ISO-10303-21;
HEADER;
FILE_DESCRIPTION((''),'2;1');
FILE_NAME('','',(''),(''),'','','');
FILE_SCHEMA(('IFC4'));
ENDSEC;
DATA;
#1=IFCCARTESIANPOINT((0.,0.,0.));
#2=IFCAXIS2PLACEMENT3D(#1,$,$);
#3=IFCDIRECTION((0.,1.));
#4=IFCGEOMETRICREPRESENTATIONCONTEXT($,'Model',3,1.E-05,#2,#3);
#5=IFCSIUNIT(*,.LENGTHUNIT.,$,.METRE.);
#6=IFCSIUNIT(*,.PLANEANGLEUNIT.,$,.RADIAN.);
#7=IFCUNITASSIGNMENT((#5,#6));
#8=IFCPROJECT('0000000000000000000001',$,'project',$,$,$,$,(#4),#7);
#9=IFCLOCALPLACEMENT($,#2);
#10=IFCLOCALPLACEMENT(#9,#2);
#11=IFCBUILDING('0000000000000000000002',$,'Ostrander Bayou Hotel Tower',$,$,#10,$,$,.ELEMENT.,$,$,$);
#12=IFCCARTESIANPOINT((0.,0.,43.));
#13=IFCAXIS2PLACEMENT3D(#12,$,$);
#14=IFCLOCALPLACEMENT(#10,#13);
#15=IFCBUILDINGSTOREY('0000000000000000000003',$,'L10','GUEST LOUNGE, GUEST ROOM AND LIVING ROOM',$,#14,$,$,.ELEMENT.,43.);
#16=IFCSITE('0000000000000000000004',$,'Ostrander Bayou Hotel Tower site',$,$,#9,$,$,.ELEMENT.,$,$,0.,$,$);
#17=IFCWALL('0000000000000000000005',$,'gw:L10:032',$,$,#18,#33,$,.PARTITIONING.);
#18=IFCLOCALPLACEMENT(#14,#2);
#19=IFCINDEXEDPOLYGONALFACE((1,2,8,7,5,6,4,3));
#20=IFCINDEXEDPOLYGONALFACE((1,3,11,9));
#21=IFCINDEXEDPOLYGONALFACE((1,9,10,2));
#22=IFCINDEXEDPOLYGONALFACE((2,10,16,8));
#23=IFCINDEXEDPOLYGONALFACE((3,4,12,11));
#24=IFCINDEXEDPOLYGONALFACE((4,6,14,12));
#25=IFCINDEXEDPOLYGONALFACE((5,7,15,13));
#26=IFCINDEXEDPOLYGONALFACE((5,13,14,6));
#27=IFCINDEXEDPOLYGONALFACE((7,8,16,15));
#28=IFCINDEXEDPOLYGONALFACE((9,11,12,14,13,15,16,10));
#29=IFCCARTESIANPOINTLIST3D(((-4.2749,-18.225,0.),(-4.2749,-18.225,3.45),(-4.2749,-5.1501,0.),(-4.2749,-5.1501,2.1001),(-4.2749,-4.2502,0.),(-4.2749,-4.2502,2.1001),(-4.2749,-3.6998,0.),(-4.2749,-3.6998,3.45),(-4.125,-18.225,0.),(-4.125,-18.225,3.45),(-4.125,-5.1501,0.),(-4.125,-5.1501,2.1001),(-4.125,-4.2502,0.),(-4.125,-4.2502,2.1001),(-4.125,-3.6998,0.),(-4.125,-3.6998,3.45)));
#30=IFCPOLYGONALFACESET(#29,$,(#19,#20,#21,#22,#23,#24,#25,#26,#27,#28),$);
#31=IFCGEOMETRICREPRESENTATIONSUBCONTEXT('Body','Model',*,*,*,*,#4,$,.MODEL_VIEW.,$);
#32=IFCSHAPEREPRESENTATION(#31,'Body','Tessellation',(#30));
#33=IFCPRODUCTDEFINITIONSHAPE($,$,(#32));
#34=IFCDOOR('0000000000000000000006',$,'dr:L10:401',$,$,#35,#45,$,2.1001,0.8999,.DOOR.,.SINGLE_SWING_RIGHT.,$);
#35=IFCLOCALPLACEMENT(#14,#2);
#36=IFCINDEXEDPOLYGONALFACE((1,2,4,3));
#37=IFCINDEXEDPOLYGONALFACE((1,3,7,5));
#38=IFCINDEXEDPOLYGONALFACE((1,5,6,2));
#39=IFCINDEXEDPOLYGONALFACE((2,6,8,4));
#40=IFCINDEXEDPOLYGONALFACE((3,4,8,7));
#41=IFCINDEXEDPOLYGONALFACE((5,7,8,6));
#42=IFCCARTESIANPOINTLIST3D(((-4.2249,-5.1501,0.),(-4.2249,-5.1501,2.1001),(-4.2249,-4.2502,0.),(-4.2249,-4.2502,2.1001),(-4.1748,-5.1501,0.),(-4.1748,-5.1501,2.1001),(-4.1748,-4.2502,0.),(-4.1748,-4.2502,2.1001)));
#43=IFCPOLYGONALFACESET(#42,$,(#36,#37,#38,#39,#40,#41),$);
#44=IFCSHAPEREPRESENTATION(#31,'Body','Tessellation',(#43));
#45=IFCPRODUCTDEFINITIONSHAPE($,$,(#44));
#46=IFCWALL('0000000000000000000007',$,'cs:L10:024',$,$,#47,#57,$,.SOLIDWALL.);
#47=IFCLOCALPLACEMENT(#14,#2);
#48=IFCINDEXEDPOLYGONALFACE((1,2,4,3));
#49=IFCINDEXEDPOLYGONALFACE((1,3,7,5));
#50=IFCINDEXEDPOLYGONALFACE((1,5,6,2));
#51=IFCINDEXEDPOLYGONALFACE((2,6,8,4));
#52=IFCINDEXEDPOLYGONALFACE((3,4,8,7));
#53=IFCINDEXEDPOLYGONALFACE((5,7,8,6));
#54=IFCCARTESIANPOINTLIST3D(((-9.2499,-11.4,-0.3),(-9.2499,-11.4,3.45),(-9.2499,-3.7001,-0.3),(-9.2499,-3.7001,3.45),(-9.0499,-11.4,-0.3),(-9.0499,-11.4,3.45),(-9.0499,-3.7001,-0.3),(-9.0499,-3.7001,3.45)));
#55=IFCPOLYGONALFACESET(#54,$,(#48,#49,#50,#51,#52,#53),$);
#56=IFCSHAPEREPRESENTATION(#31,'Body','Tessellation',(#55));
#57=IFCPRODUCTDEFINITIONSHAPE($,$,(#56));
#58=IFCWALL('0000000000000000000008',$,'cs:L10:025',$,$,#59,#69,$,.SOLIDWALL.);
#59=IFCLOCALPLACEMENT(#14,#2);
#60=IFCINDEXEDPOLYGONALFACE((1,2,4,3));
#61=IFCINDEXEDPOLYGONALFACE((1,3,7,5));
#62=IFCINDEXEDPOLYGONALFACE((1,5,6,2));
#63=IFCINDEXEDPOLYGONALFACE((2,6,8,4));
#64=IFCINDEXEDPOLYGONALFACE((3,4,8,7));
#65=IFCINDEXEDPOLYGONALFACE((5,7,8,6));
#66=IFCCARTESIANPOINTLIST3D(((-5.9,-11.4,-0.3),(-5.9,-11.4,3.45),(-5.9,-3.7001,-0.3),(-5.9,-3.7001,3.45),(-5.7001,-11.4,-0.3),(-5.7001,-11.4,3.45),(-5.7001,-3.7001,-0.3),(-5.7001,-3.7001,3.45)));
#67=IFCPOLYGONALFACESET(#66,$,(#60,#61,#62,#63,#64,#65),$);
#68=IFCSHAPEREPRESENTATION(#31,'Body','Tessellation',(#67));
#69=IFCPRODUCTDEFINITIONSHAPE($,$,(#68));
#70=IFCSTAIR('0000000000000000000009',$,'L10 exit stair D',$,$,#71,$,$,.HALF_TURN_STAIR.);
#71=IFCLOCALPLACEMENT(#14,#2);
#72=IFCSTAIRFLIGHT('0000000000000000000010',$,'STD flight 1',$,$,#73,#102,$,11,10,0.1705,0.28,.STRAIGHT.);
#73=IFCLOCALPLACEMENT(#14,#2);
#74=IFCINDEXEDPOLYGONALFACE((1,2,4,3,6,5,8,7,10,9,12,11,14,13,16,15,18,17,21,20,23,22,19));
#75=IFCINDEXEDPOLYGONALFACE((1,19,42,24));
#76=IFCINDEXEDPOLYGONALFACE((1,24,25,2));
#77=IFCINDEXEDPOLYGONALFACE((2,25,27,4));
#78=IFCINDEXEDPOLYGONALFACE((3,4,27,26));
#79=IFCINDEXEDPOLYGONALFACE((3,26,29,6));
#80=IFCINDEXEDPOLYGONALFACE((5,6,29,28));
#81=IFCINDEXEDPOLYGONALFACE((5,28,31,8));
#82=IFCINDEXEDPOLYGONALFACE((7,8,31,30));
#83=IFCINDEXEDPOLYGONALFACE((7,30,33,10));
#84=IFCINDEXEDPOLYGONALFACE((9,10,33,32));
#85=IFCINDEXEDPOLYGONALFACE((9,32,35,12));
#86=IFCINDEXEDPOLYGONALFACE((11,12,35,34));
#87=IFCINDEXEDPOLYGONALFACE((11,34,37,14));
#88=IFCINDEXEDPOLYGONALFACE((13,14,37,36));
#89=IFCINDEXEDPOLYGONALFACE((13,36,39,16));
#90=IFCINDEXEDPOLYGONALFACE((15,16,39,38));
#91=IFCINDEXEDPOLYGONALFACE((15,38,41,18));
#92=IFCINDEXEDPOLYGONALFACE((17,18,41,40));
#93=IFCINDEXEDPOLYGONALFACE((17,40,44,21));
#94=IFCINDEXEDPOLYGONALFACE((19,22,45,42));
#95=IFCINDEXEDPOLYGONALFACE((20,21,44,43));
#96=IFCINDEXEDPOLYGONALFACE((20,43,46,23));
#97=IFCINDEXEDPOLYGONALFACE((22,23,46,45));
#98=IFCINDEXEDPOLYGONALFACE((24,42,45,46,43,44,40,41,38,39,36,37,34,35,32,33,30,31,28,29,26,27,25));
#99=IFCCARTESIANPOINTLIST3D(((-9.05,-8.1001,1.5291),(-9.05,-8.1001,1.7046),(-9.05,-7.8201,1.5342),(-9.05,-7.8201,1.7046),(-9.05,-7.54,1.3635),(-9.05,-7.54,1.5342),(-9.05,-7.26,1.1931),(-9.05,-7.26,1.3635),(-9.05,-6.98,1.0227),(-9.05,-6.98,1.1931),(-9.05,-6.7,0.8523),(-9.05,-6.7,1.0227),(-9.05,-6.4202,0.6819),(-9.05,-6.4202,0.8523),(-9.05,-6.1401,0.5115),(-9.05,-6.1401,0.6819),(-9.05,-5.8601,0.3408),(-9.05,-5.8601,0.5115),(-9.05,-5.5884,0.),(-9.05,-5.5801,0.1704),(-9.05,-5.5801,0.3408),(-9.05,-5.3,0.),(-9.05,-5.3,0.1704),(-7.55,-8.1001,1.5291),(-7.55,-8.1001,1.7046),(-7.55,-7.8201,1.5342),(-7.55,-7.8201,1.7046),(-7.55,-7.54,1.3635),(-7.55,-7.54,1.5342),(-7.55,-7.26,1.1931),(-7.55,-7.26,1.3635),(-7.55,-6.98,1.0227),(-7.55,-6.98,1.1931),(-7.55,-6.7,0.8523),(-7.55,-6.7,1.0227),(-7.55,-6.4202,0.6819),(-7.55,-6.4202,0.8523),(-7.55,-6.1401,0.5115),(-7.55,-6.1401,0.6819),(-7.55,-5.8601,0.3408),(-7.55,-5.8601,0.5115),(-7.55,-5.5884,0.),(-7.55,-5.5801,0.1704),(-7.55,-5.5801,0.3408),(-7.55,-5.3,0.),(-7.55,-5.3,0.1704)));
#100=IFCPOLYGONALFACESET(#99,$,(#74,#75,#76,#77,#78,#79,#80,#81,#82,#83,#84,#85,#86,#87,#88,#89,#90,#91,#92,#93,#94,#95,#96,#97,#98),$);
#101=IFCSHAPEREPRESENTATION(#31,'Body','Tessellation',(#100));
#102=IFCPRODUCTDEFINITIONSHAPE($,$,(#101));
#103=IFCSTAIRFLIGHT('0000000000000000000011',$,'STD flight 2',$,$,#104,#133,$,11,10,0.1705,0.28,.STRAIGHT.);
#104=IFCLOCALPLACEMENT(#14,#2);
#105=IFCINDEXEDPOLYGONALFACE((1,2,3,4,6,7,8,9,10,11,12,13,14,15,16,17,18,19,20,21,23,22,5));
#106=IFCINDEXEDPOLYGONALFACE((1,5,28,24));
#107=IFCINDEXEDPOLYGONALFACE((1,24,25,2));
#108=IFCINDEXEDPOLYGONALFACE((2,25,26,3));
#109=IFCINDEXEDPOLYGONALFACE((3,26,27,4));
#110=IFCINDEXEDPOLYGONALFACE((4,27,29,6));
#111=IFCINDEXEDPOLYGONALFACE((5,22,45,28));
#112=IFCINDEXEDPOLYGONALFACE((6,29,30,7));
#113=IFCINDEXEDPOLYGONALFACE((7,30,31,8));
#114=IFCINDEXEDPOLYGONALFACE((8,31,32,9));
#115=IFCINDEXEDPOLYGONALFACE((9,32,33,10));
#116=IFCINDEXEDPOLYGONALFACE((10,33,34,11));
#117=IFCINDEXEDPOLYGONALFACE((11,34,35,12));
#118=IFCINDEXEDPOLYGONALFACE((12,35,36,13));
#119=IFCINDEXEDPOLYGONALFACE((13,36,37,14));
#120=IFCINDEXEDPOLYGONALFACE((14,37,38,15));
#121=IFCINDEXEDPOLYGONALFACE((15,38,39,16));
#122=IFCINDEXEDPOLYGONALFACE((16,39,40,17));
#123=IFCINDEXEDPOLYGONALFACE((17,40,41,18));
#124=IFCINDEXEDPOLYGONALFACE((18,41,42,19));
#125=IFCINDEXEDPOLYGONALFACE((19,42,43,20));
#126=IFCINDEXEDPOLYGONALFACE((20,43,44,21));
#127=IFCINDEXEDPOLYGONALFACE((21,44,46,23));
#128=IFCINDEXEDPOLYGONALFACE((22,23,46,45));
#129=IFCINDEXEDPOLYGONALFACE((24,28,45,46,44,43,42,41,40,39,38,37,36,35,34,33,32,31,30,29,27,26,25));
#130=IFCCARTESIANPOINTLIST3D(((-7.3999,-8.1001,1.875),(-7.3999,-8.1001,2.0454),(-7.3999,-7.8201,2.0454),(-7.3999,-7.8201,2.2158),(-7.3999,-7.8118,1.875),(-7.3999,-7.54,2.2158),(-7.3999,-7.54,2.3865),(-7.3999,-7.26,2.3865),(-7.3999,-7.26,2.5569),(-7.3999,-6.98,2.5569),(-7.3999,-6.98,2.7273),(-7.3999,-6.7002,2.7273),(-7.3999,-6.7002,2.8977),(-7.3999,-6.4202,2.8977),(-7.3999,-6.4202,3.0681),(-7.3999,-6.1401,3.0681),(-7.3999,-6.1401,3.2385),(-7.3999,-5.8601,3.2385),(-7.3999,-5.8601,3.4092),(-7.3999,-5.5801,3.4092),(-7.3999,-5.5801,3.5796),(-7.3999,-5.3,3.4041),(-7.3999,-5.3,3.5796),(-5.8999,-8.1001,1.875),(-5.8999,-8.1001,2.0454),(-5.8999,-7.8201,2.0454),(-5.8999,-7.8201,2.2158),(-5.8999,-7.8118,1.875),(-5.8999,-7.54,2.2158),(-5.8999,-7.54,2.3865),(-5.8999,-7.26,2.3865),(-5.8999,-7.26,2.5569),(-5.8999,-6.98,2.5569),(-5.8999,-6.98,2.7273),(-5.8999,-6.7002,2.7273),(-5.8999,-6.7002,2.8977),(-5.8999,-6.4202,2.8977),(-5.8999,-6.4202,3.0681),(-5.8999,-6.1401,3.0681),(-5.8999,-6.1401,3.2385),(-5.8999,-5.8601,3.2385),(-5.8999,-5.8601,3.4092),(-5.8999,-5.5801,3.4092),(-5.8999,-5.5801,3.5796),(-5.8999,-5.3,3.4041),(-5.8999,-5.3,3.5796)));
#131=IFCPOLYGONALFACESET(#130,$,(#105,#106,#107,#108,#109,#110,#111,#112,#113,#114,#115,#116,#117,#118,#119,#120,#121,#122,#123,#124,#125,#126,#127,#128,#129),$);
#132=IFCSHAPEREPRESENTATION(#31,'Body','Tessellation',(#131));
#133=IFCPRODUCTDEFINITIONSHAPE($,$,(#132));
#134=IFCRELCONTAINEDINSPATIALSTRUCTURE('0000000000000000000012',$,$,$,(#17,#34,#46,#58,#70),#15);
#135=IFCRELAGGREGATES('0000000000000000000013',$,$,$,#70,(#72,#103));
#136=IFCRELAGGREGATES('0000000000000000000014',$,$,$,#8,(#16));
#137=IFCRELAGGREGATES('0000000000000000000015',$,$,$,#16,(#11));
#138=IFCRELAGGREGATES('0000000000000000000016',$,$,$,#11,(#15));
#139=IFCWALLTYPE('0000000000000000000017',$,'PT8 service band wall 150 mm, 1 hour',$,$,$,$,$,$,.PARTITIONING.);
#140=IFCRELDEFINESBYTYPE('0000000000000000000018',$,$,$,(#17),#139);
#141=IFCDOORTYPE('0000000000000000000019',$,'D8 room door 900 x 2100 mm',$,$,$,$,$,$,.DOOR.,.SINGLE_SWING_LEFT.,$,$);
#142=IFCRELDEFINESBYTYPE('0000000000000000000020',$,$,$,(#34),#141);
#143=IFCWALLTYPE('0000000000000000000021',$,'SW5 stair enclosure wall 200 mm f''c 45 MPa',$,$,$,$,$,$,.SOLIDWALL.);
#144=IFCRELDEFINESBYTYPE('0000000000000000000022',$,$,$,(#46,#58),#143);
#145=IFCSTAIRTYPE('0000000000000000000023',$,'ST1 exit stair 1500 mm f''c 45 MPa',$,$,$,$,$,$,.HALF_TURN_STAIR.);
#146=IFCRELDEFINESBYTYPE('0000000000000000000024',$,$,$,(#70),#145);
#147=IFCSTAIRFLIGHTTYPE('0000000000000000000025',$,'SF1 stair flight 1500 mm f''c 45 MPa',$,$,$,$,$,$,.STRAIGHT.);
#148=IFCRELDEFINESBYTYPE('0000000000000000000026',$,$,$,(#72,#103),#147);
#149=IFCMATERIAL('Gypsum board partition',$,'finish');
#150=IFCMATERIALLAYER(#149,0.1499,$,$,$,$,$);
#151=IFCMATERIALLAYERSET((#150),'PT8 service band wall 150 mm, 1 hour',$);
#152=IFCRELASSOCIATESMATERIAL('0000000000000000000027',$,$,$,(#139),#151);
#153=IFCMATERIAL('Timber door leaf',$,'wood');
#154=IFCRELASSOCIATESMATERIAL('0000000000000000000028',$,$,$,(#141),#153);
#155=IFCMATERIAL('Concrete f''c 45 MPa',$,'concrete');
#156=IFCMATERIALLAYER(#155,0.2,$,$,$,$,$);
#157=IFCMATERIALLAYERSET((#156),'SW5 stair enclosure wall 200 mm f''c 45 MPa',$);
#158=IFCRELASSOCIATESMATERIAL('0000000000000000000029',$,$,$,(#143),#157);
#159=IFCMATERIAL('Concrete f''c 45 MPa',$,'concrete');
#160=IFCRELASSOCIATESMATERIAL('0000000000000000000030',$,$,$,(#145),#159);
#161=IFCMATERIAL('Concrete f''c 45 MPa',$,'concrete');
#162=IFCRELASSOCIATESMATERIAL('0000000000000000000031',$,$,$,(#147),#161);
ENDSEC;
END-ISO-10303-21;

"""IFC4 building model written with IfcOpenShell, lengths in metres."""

from ifc_helpers import new_model, si_unit, direction, frame, frame_2d, origin, place, context, subcontext, project, spatial, polyline, rectangle, outline, extrude, material, layer, layer_set, type_object, element, fill, aggregate, save


model = new_model("IFC4")

# Units and contexts
model_context = context("Model", 3, precision=1e-05, world=origin(), true_north=direction((0.0, 1.0)))
body_context = subcontext(model_context, "Body", "Model", "MODEL_VIEW")
ifc_project = project(units=[si_unit("LENGTHUNIT", "METRE"), si_unit("PLANEANGLEUNIT", "RADIAN")], contexts=[model_context])

# Site, building, storey
site_placement = place(None, origin())
site = spatial("IfcSite", under=ifc_project, at=site_placement, Name="Ostrander Bayou Hotel Tower site", CompositionType="ELEMENT", RefElevation=0.0)
building_placement = place(site_placement, origin())
building = spatial("IfcBuilding", under=site, at=building_placement, Name="Ostrander Bayou Hotel Tower", CompositionType="ELEMENT")
storey_placement = place(building_placement, frame((0.0, 0.0, 43.0)))
storey = spatial("IfcBuildingStorey", under=building, at=storey_placement, Name="L10", Description="GUEST LOUNGE, GUEST ROOM AND LIVING ROOM", CompositionType="ELEMENT", Elevation=43.0)

# Shared definitions
ifc_material_1 = material(Name="Gypsum board partition", Category="finish")
ifc_layer_1 = layer(ifc_material_1, 0.1499)
ifc_layer_set_1 = layer_set([ifc_layer_1], Name="PT8 service band wall 150 mm, 1 hour")
wall_type_1 = type_object("IfcWallType", Name="PT8 service band wall 150 mm, 1 hour", PredefinedType="PARTITIONING", material=ifc_layer_set_1)

# Wall, opening, door
wall_1_placement = place(storey_placement, frame((-4.2, -18.2251, 0.0), z_axis=(0.0, 0.0, 1.0), x_axis=(0.0, 1.0, 0.0)))
wall_1 = element("IfcWall", 1, at=wall_1_placement, inside=storey, type_object=wall_type_1, Name="gw:L10:032", PredefinedType="PARTITIONING", context=body_context, shape_type="SweptSolid", body=[
    extrude(rectangle(XDim=14.5251, YDim=0.1499, at=frame_2d((7.2627, 0.0))), origin(), (0.0, 0.0, 1.0), 3.45),
])
opening_1_placement = place(wall_1_placement, frame((13.075, 0.0, 0.0)))
opening_1 = element("IfcOpeningElement", 2, at=opening_1_placement, cuts=wall_1, PredefinedType="OPENING", context=body_context, shape_type="SweptSolid", body=[
    extrude(rectangle(XDim=0.8999, YDim=2.1001, at=frame_2d((0.45, 1.05))), frame((0.0, 0.075, 0.0), z_axis=(0.0, -1.0, 0.0), x_axis=(1.0, 0.0, 0.0)), (0.0, 0.0, 1.0), 0.1499),
])
ifc_material_2 = material(Name="Timber door leaf", Category="wood")
door_type_1 = type_object("IfcDoorType", Name="D8 room door 900 x 2100 mm", OperationType="SINGLE_SWING_LEFT", PredefinedType="DOOR", material=ifc_material_2)
door_1_placement = place(opening_1_placement, origin())
door_1 = element("IfcDoor", 3, at=door_1_placement, inside=storey, type_object=door_type_1, Name="dr:L10:401", OperationType="SINGLE_SWING_RIGHT", OverallHeight=2.1001, OverallWidth=0.8999, PredefinedType="DOOR", context=body_context, shape_type="SweptSolid", body=[
    extrude(rectangle(XDim=0.8999, YDim=2.1001, at=frame_2d((0.45, 1.05))), frame((0.0, 0.0249, 0.0), z_axis=(0.0, -1.0, 0.0), x_axis=(1.0, 0.0, 0.0)), (0.0, 0.0, 1.0), 0.05),
])
fill(opening_1, door_1)
ifc_material_3 = material(Name="Concrete f'c 45 MPa", Category="concrete")
ifc_layer_2 = layer(ifc_material_3, 0.2)
ifc_layer_set_2 = layer_set([ifc_layer_2], Name="SW5 stair enclosure wall 200 mm f'c 45 MPa")
wall_type_2 = type_object("IfcWallType", Name="SW5 stair enclosure wall 200 mm f'c 45 MPa", PredefinedType="SOLIDWALL", material=ifc_layer_set_2)

# Walls
for number, where, z_axis, x_axis, name in (
    (4, (-9.1499, -3.7, -0.3), (0.0, 0.0, 1.0), (0.0, -1.0, 0.0), "cs:L10:024"),
    (5, (-5.8, -3.7, -0.3), (0.0, 0.0, 1.0), (0.0, -1.0, 0.0), "cs:L10:025"),
):
    element("IfcWall", number, at=place(storey_placement, frame(where, z_axis=z_axis, x_axis=x_axis)), inside=storey, type_object=wall_type_2, Name=name, PredefinedType="SOLIDWALL", context=body_context, shape_type="SweptSolid", body=[
        extrude(rectangle(XDim=7.7, YDim=0.2, at=frame_2d((3.8501, 0.0))), origin(), (0.0, 0.0, 1.0), 3.75),
    ])

# Stair, stair flights
ifc_material_4 = material(Name="Concrete f'c 45 MPa", Category="concrete")
stair_type = type_object("IfcStairType", Name="ST1 exit stair 1500 mm f'c 45 MPa", PredefinedType="HALF_TURN_STAIR", material=ifc_material_4)
stair_placement = place(storey_placement, origin())
stair = element("IfcStair", 6, at=stair_placement, inside=storey, type_object=stair_type, Name="L10 exit stair D", PredefinedType="HALF_TURN_STAIR")
ifc_material_5 = material(Name="Concrete f'c 45 MPa", Category="concrete")
stair_flight_type = type_object("IfcStairFlightType", Name="SF1 stair flight 1500 mm f'c 45 MPa", PredefinedType="STRAIGHT", material=ifc_material_5)
stair_flight_1_placement = place(storey_placement, frame((-8.3, -5.3, 0.0), z_axis=(0.0, 0.0, 1.0), x_axis=(0.0, -1.0, 0.0)))
stair_flight_1 = element("IfcStairFlight", 7, at=stair_flight_1_placement, type_object=stair_flight_type, Name="STD flight 1", NumberOfRisers=11, NumberOfTreads=10, PredefinedType="STRAIGHT", RiserHeight=0.1705, TreadLength=0.28, context=body_context, shape_type="SweptSolid", body=[
    extrude(outline(polyline([(0.0, 0.0), (0.0, 0.1704), (0.28, 0.1704), (0.28, 0.3408), (0.5601, 0.3408), (0.5601, 0.5115), (0.8401, 0.5115), (0.8401, 0.6819), (1.1201, 0.6819), (1.1201, 0.8523), (1.3999, 0.8523), (1.3999, 1.0227), (1.6799, 1.0227), (1.6799, 1.1931), (1.96, 1.1931), (1.96, 1.3635), (2.24, 1.3635), (2.24, 1.5342), (2.52, 1.5342), (2.52, 1.7046), (2.8, 1.7046), (2.8, 1.875), (2.8, 1.5291), (0.2883, 0.0), (0.0, 0.0)])), frame((0.0, 0.75, 0.0), z_axis=(0.0, -1.0, 0.0), x_axis=(1.0, 0.0, 0.0)), (0.0, 0.0, 1.0), 1.5),
])
stair_flight_2_placement = place(storey_placement, frame((-6.6499, -8.1001, 1.875), z_axis=(0.0, 0.0, 1.0), x_axis=(0.0, 1.0, 0.0)))
stair_flight_2 = element("IfcStairFlight", 8, at=stair_flight_2_placement, type_object=stair_flight_type, Name="STD flight 2", NumberOfRisers=11, NumberOfTreads=10, PredefinedType="STRAIGHT", RiserHeight=0.1705, TreadLength=0.28, context=body_context, shape_type="SweptSolid", body=[
    extrude(outline(polyline([(0.0, 0.0), (0.0, 0.1704), (0.28, 0.1704), (0.28, 0.3408), (0.5601, 0.3408), (0.5601, 0.5115), (0.8401, 0.5115), (0.8401, 0.6819), (1.1201, 0.6819), (1.1201, 0.8523), (1.3999, 0.8523), (1.3999, 1.0227), (1.6799, 1.0227), (1.6799, 1.1931), (1.96, 1.1931), (1.96, 1.3635), (2.24, 1.3635), (2.24, 1.5342), (2.52, 1.5342), (2.52, 1.7046), (2.8, 1.7046), (2.8, 1.875), (2.8, 1.5291), (0.2883, 0.0), (0.0, 0.0)])), frame((0.0, 0.75, 0.0), z_axis=(0.0, -1.0, 0.0), x_axis=(1.0, 0.0, 0.0)), (0.0, 0.0, 1.0), 1.5),
])
aggregate(stair, [stair_flight_1, stair_flight_2])

save(model, "model.ifc")
